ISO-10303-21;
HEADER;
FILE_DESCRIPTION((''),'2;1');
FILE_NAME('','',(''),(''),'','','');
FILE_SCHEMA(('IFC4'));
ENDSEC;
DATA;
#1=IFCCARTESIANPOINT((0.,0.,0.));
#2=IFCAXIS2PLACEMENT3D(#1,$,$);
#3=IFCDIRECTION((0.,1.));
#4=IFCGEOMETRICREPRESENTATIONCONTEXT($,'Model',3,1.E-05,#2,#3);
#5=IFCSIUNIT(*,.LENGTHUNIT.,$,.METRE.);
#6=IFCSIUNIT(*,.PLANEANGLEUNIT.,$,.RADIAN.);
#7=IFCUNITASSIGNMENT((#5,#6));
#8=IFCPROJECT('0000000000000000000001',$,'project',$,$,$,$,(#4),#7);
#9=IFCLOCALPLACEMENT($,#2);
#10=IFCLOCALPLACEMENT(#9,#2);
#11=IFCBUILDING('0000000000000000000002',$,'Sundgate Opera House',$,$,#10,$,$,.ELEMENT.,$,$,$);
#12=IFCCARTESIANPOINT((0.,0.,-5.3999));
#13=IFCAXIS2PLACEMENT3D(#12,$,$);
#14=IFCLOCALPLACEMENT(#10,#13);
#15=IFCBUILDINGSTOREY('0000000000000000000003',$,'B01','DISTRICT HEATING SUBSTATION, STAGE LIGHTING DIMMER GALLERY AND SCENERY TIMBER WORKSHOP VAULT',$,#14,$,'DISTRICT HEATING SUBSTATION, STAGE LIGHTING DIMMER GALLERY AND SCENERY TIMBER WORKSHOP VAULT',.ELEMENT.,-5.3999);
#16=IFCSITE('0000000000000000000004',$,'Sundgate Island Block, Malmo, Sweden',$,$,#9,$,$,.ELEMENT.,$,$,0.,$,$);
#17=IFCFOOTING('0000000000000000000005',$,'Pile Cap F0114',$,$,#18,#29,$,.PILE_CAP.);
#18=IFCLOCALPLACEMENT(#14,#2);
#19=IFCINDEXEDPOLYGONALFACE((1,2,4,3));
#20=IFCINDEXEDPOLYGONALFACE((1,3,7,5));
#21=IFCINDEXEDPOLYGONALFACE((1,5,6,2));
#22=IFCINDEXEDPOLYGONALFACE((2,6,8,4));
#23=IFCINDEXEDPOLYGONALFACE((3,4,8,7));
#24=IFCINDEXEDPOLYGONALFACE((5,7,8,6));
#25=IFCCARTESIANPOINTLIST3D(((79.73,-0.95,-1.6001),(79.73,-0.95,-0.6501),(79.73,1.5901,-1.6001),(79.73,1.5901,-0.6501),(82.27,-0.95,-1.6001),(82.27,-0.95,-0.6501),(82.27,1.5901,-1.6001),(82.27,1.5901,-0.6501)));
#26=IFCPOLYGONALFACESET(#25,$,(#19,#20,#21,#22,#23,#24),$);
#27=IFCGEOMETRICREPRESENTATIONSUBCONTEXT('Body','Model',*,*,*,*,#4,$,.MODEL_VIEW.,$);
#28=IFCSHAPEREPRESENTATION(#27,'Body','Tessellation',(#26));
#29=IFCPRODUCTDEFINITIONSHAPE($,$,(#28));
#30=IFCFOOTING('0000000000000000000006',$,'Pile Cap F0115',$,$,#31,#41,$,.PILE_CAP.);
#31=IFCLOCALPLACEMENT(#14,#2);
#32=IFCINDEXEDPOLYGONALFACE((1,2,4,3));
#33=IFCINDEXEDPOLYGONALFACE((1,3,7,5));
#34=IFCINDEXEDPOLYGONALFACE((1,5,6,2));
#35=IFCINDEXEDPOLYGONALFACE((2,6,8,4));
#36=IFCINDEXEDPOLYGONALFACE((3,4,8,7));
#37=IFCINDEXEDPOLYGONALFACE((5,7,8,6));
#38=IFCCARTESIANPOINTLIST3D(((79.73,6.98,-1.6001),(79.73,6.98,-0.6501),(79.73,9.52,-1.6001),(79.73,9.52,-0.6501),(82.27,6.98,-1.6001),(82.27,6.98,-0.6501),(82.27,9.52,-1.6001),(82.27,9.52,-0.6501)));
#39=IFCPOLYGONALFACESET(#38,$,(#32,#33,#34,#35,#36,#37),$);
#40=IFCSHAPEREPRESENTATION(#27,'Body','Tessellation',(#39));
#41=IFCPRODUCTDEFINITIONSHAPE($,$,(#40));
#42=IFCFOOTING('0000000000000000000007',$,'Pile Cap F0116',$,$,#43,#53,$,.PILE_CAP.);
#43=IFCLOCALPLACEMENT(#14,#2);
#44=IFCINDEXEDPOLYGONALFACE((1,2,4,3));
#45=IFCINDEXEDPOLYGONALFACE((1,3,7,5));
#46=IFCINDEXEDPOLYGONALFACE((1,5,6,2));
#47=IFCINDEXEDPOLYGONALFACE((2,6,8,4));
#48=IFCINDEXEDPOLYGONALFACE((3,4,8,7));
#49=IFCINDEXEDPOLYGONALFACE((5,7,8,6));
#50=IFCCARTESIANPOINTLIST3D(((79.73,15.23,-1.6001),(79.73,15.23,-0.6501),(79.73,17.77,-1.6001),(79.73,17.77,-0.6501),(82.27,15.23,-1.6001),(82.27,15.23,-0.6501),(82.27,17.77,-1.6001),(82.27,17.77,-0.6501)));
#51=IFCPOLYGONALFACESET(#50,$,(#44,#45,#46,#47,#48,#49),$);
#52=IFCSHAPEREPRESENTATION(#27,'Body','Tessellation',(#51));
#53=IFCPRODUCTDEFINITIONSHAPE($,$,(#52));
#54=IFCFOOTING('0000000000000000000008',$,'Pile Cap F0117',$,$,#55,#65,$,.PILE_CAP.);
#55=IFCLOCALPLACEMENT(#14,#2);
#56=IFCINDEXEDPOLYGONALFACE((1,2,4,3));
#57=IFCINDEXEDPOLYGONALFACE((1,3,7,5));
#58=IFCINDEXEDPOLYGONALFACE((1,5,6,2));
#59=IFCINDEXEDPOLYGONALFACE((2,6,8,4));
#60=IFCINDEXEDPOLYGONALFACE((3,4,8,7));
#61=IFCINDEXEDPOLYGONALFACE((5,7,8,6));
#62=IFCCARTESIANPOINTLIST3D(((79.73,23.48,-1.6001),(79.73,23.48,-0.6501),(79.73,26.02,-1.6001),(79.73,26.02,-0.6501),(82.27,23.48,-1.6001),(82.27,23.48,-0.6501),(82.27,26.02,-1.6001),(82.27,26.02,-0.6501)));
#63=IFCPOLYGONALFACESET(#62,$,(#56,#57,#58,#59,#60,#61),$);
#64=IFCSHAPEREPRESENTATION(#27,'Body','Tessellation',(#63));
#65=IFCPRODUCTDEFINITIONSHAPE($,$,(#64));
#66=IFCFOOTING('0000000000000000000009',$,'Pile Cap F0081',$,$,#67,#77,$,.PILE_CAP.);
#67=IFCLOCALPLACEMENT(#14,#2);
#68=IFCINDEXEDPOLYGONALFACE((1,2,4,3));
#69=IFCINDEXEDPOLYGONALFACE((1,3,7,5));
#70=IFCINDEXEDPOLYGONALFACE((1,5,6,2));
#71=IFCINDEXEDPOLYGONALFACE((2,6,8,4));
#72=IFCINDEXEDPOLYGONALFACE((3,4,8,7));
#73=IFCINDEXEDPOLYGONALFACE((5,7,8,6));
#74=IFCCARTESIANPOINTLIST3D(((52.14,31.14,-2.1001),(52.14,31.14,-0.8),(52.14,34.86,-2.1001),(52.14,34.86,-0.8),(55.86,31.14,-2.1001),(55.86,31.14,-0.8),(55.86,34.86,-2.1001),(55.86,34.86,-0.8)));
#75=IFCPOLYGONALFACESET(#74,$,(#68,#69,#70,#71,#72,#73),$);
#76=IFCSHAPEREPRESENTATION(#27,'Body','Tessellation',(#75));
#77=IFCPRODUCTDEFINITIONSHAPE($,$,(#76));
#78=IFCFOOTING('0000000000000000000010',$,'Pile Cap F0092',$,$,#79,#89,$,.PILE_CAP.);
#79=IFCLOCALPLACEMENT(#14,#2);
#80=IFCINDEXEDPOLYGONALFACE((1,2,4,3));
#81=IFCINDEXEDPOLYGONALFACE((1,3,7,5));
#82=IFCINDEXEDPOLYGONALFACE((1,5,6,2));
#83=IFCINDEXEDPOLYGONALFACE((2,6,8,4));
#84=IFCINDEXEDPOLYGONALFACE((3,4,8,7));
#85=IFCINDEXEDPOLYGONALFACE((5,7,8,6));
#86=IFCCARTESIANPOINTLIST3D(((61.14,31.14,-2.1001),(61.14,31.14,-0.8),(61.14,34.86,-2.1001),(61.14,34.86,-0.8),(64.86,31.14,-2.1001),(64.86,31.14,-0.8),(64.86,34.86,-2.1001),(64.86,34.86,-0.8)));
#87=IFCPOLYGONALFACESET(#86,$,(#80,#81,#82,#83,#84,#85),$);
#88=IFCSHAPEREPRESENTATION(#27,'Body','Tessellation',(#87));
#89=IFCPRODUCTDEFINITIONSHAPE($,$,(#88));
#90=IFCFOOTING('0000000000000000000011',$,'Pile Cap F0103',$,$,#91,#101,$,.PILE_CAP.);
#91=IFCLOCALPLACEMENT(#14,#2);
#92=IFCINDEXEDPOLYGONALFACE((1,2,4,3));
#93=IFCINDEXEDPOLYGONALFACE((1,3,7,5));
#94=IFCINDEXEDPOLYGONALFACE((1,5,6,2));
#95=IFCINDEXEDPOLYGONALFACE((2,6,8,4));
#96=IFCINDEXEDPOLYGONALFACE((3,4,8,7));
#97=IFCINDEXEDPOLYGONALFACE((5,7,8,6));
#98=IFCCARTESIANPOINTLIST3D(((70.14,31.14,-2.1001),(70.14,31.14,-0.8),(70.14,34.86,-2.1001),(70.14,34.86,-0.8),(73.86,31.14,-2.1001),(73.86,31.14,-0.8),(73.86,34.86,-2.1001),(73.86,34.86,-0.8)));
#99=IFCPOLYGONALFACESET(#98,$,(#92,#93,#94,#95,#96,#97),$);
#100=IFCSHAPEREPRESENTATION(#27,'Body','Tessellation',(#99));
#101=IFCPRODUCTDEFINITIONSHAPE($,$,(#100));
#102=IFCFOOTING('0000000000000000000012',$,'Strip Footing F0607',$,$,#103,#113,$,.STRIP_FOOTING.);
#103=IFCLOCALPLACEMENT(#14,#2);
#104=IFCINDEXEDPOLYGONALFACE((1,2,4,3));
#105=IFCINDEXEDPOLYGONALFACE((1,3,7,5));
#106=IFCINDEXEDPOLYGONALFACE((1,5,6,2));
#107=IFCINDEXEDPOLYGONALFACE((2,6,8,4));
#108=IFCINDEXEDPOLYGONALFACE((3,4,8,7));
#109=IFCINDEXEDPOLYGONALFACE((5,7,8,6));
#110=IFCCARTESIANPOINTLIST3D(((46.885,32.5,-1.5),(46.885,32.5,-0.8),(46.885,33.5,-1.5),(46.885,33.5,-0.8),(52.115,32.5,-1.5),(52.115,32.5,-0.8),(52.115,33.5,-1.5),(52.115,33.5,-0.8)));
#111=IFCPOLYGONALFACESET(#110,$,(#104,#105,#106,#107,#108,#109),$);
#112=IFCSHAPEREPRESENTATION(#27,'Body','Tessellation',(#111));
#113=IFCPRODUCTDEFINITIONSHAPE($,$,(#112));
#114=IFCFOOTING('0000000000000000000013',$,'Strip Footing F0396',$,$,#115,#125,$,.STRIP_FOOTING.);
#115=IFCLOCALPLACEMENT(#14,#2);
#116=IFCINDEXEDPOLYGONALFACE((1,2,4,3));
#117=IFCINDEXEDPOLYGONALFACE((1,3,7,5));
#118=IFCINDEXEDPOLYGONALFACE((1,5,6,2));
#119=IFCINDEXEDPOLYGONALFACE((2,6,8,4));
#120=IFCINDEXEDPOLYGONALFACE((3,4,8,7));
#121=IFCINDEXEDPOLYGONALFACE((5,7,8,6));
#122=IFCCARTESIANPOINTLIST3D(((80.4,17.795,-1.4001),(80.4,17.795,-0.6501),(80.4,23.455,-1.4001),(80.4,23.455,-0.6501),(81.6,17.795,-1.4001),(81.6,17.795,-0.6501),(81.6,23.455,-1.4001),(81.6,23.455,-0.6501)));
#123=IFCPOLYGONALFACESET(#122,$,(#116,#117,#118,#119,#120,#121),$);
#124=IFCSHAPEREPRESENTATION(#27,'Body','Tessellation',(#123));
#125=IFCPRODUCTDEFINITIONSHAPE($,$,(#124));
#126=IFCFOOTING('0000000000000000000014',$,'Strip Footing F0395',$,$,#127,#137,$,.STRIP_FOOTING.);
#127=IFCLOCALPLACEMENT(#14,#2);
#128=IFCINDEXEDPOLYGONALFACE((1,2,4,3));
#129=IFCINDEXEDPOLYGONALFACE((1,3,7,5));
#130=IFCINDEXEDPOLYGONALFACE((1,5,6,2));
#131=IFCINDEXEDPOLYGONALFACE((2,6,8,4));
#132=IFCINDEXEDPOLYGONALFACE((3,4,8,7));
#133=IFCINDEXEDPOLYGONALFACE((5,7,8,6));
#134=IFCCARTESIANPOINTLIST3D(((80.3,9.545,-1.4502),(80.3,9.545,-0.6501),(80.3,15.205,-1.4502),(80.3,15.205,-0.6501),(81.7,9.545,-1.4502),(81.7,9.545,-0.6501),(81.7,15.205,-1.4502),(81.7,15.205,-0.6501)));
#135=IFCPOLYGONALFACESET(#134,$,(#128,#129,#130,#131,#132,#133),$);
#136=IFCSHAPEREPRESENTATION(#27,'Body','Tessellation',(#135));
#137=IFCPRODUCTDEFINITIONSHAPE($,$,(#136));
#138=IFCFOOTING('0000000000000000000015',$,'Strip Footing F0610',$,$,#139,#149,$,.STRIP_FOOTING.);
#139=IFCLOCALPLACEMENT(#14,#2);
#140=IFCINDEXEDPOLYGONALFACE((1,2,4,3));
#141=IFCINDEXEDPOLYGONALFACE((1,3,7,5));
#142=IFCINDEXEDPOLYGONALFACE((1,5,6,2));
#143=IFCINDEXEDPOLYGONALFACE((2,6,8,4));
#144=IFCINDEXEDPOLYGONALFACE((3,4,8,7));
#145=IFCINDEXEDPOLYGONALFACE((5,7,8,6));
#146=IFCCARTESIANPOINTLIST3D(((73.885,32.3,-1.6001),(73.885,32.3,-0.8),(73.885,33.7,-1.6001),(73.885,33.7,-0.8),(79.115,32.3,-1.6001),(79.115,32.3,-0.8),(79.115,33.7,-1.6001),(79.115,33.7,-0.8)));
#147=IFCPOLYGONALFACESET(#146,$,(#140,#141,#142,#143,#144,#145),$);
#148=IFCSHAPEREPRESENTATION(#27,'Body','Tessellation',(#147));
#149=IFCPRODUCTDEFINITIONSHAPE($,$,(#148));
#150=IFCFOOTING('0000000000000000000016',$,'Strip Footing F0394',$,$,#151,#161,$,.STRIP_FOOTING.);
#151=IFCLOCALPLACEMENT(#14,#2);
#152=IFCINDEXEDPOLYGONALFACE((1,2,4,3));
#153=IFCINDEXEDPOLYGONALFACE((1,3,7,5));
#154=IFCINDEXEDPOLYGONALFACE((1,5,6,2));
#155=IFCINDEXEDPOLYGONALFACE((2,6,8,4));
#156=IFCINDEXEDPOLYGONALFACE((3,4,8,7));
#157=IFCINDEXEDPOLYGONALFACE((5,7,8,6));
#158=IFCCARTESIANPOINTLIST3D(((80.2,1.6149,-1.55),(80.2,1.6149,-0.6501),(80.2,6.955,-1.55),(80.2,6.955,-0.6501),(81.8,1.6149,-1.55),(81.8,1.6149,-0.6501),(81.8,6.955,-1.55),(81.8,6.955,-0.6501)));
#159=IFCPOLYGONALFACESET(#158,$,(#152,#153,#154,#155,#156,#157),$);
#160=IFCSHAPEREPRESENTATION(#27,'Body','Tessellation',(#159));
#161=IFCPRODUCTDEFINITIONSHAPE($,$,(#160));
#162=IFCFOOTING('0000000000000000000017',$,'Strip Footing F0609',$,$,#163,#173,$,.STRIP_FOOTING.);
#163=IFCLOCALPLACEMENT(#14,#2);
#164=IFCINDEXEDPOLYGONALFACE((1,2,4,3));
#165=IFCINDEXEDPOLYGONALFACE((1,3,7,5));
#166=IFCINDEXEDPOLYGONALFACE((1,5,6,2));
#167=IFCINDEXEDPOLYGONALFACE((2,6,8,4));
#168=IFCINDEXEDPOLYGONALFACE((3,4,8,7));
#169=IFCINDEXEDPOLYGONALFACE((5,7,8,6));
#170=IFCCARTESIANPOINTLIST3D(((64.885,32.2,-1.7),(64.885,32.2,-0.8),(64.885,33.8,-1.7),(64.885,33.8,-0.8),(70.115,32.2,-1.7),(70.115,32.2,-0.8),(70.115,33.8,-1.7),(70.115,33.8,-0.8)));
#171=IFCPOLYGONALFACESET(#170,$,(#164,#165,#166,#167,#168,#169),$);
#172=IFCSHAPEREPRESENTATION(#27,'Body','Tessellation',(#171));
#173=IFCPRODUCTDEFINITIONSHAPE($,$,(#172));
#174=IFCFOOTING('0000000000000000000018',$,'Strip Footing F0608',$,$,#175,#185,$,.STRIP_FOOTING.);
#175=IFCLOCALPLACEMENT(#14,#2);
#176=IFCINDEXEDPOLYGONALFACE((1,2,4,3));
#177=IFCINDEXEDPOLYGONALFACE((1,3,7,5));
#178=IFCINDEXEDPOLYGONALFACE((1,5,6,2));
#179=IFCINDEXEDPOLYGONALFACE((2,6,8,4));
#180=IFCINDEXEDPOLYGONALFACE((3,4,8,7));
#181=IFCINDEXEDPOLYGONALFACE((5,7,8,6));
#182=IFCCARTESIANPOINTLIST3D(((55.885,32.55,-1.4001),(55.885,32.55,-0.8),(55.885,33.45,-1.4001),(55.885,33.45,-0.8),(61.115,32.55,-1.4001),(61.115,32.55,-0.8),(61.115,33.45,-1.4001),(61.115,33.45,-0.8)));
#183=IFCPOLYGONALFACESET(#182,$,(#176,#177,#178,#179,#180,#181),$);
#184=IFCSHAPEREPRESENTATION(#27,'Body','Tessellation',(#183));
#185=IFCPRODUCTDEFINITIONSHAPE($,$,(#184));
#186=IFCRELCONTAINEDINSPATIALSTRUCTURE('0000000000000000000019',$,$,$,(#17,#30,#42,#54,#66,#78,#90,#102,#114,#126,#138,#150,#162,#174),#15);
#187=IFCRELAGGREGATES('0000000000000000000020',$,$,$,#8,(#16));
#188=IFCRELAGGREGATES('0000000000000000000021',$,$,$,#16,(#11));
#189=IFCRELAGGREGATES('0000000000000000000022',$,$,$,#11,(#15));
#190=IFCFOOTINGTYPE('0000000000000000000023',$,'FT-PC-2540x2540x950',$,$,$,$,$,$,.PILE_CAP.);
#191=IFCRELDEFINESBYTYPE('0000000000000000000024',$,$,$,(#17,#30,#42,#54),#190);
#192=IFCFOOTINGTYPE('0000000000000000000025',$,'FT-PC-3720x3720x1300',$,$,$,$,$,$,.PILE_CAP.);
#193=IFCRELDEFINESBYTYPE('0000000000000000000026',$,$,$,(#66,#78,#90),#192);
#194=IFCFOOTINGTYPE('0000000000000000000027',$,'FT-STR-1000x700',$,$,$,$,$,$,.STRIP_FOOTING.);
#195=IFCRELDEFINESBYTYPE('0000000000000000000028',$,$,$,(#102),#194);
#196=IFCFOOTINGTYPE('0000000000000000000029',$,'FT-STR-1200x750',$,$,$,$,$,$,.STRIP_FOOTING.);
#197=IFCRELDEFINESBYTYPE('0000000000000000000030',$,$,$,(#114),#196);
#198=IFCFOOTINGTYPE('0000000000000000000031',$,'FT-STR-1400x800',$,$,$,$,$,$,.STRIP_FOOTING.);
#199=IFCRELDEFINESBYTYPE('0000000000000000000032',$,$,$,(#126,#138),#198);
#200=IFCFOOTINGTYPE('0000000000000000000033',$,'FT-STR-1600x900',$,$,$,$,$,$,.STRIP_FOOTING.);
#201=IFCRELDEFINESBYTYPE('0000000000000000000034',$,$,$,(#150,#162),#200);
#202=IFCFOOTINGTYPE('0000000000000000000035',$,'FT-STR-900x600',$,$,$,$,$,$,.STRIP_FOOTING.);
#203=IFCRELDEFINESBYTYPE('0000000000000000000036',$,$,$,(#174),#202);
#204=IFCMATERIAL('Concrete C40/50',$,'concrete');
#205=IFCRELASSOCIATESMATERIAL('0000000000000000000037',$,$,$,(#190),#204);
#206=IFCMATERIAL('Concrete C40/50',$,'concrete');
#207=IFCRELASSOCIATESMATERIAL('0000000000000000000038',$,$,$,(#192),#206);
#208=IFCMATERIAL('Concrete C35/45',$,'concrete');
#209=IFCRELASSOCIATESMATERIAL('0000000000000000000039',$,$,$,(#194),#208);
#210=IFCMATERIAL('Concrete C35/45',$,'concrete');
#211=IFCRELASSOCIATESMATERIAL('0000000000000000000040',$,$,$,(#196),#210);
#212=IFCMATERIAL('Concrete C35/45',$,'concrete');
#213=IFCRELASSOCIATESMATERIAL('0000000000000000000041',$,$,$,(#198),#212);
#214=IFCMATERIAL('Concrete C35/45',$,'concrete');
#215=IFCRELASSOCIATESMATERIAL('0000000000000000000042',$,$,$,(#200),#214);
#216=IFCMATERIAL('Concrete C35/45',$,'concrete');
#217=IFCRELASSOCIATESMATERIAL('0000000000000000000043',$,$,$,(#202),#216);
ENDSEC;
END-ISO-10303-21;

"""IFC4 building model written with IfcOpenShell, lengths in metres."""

from ifc_helpers import new_model, si_unit, direction, frame, origin, origin_2d, place, context, subcontext, project, spatial, rectangle, extrude, material, type_object, element, save


model = new_model("IFC4")

# Units and contexts
model_context = context("Model", 3, precision=1e-05, world=origin(), true_north=direction((0.0, 1.0)))
body_context = subcontext(model_context, "Body", "Model", "MODEL_VIEW")
ifc_project = project(units=[si_unit("LENGTHUNIT", "METRE"), si_unit("PLANEANGLEUNIT", "RADIAN")], contexts=[model_context])

# Site, building, storey
site_placement = place(None, origin())
site = spatial("IfcSite", under=ifc_project, at=site_placement, Name="Sundgate Island Block, Malmo, Sweden", CompositionType="ELEMENT", RefElevation=0.0)
building_placement = place(site_placement, origin())
building = spatial("IfcBuilding", under=site, at=building_placement, Name="Sundgate Opera House", CompositionType="ELEMENT")
storey_placement = place(building_placement, frame((0.0, 0.0, -5.3999)))
storey = spatial("IfcBuildingStorey", under=building, at=storey_placement, Name="B01", Description="DISTRICT HEATING SUBSTATION, STAGE LIGHTING DIMMER GALLERY AND SCENERY TIMBER WORKSHOP VAULT", LongName="DISTRICT HEATING SUBSTATION, STAGE LIGHTING DIMMER GALLERY AND SCENERY TIMBER WORKSHOP VAULT", CompositionType="ELEMENT", Elevation=-5.3999)

# Footings
ifc_material_1 = material(Name="Concrete C40/50", Category="concrete")
footing_type_1 = type_object("IfcFootingType", Name="FT-PC-2540x2540x950", PredefinedType="PILE_CAP", material=ifc_material_1)
for number, where, z_axis, x_axis, name in (
    (1, (81.0, 0.3201, -1.6001), (0.0, 0.0, 1.0), (1.0, 0.0, 0.0), "Pile Cap F0114"),
    (2, (81.0, 8.25, -1.6001), (0.0, 0.0, 1.0), (1.0, 0.0, 0.0), "Pile Cap F0115"),
    (3, (81.0, 16.5, -1.6001), (0.0, 0.0, 1.0), (1.0, 0.0, 0.0), "Pile Cap F0116"),
    (4, (81.0, 24.75, -1.6001), (0.0, 0.0, 1.0), (1.0, 0.0, 0.0), "Pile Cap F0117"),
):
    element("IfcFooting", number, at=place(storey_placement, frame(where, z_axis=z_axis, x_axis=x_axis)), inside=storey, type_object=footing_type_1, Name=name, PredefinedType="PILE_CAP", context=body_context, shape_type="SweptSolid", body=[
        extrude(rectangle(XDim=2.54, YDim=2.54, at=origin_2d()), origin(), (0.0, 0.0, 1.0), 0.95),
    ])
ifc_material_2 = material(Name="Concrete C40/50", Category="concrete")
footing_type_2 = type_object("IfcFootingType", Name="FT-PC-3720x3720x1300", PredefinedType="PILE_CAP", material=ifc_material_2)
for number, where, z_axis, x_axis, name in (
    (5, (54.0, 33.0, -2.1001), (0.0, 0.0, 1.0), (1.0, 0.0, 0.0), "Pile Cap F0081"),
    (6, (63.0, 33.0, -2.1001), (0.0, 0.0, 1.0), (1.0, 0.0, 0.0), "Pile Cap F0092"),
    (7, (72.0, 33.0, -2.1001), (0.0, 0.0, 1.0), (1.0, 0.0, 0.0), "Pile Cap F0103"),
):
    element("IfcFooting", number, at=place(storey_placement, frame(where, z_axis=z_axis, x_axis=x_axis)), inside=storey, type_object=footing_type_2, Name=name, PredefinedType="PILE_CAP", context=body_context, shape_type="SweptSolid", body=[
        extrude(rectangle(XDim=3.72, YDim=3.72, at=origin_2d()), origin(), (0.0, 0.0, 1.0), 1.3),
    ])
ifc_material_3 = material(Name="Concrete C35/45", Category="concrete")
footing_type_3 = type_object("IfcFootingType", Name="FT-STR-1000x700", PredefinedType="STRIP_FOOTING", material=ifc_material_3)
footing_1_placement = place(storey_placement, frame((49.5, 33.0, -1.5), z_axis=(0.0, 0.0, 1.0), x_axis=(1.0, 0.0, 0.0)))
element("IfcFooting", 8, at=footing_1_placement, inside=storey, type_object=footing_type_3, Name="Strip Footing F0607", PredefinedType="STRIP_FOOTING", context=body_context, shape_type="SweptSolid", body=[
    extrude(rectangle(XDim=5.23, YDim=1.0, at=origin_2d()), origin(), (0.0, 0.0, 1.0), 0.7),
])
ifc_material_4 = material(Name="Concrete C35/45", Category="concrete")
footing_type_4 = type_object("IfcFootingType", Name="FT-STR-1200x750", PredefinedType="STRIP_FOOTING", material=ifc_material_4)
footing_2_placement = place(storey_placement, frame((81.0, 20.625, -1.4001), z_axis=(0.0, 0.0, 1.0), x_axis=(1.0, 0.0, 0.0)))
element("IfcFooting", 9, at=footing_2_placement, inside=storey, type_object=footing_type_4, Name="Strip Footing F0396", PredefinedType="STRIP_FOOTING", context=body_context, shape_type="SweptSolid", body=[
    extrude(rectangle(XDim=1.2, YDim=5.6599, at=origin_2d()), origin(), (0.0, 0.0, 1.0), 0.75),
])
ifc_material_5 = material(Name="Concrete C35/45", Category="concrete")
footing_type_5 = type_object("IfcFootingType", Name="FT-STR-1400x800", PredefinedType="STRIP_FOOTING", material=ifc_material_5)
footing_3_placement = place(storey_placement, frame((81.0, 12.375, -1.4502), z_axis=(0.0, 0.0, 1.0), x_axis=(1.0, 0.0, 0.0)))
element("IfcFooting", 10, at=footing_3_placement, inside=storey, type_object=footing_type_5, Name="Strip Footing F0395", PredefinedType="STRIP_FOOTING", context=body_context, shape_type="SweptSolid", body=[
    extrude(rectangle(XDim=1.3999, YDim=5.6599, at=origin_2d()), origin(), (0.0, 0.0, 1.0), 0.8),
])
footing_4_placement = place(storey_placement, frame((76.5, 33.0, -1.6001), z_axis=(0.0, 0.0, 1.0), x_axis=(1.0, 0.0, 0.0)))
element("IfcFooting", 11, at=footing_4_placement, inside=storey, type_object=footing_type_5, Name="Strip Footing F0610", PredefinedType="STRIP_FOOTING", context=body_context, shape_type="SweptSolid", body=[
    extrude(rectangle(XDim=5.23, YDim=1.3999, at=origin_2d()), origin(), (0.0, 0.0, 1.0), 0.8),
])
ifc_material_6 = material(Name="Concrete C35/45", Category="concrete")
footing_type_6 = type_object("IfcFootingType", Name="FT-STR-1600x900", PredefinedType="STRIP_FOOTING", material=ifc_material_6)
footing_5_placement = place(storey_placement, frame((81.0, 4.2849, -1.55), z_axis=(0.0, 0.0, 1.0), x_axis=(1.0, 0.0, 0.0)))
element("IfcFooting", 12, at=footing_5_placement, inside=storey, type_object=footing_type_6, Name="Strip Footing F0394", PredefinedType="STRIP_FOOTING", context=body_context, shape_type="SweptSolid", body=[
    extrude(rectangle(XDim=1.6001, YDim=5.3401, at=origin_2d()), origin(), (0.0, 0.0, 1.0), 0.8999),
])
footing_6_placement = place(storey_placement, frame((67.5, 33.0, -1.7), z_axis=(0.0, 0.0, 1.0), x_axis=(1.0, 0.0, 0.0)))
element("IfcFooting", 13, at=footing_6_placement, inside=storey, type_object=footing_type_6, Name="Strip Footing F0609", PredefinedType="STRIP_FOOTING", context=body_context, shape_type="SweptSolid", body=[
    extrude(rectangle(XDim=5.23, YDim=1.6001, at=origin_2d()), origin(), (0.0, 0.0, 1.0), 0.8999),
])
ifc_material_7 = material(Name="Concrete C35/45", Category="concrete")
footing_type_7 = type_object("IfcFootingType", Name="FT-STR-900x600", PredefinedType="STRIP_FOOTING", material=ifc_material_7)
footing_7_placement = place(storey_placement, frame((58.5, 33.0, -1.4001), z_axis=(0.0, 0.0, 1.0), x_axis=(1.0, 0.0, 0.0)))
element("IfcFooting", 14, at=footing_7_placement, inside=storey, type_object=footing_type_7, Name="Strip Footing F0608", PredefinedType="STRIP_FOOTING", context=body_context, shape_type="SweptSolid", body=[
    extrude(rectangle(XDim=5.23, YDim=0.8999, at=origin_2d()), origin(), (0.0, 0.0, 1.0), 0.6001),
])

save(model, "model.ifc")
